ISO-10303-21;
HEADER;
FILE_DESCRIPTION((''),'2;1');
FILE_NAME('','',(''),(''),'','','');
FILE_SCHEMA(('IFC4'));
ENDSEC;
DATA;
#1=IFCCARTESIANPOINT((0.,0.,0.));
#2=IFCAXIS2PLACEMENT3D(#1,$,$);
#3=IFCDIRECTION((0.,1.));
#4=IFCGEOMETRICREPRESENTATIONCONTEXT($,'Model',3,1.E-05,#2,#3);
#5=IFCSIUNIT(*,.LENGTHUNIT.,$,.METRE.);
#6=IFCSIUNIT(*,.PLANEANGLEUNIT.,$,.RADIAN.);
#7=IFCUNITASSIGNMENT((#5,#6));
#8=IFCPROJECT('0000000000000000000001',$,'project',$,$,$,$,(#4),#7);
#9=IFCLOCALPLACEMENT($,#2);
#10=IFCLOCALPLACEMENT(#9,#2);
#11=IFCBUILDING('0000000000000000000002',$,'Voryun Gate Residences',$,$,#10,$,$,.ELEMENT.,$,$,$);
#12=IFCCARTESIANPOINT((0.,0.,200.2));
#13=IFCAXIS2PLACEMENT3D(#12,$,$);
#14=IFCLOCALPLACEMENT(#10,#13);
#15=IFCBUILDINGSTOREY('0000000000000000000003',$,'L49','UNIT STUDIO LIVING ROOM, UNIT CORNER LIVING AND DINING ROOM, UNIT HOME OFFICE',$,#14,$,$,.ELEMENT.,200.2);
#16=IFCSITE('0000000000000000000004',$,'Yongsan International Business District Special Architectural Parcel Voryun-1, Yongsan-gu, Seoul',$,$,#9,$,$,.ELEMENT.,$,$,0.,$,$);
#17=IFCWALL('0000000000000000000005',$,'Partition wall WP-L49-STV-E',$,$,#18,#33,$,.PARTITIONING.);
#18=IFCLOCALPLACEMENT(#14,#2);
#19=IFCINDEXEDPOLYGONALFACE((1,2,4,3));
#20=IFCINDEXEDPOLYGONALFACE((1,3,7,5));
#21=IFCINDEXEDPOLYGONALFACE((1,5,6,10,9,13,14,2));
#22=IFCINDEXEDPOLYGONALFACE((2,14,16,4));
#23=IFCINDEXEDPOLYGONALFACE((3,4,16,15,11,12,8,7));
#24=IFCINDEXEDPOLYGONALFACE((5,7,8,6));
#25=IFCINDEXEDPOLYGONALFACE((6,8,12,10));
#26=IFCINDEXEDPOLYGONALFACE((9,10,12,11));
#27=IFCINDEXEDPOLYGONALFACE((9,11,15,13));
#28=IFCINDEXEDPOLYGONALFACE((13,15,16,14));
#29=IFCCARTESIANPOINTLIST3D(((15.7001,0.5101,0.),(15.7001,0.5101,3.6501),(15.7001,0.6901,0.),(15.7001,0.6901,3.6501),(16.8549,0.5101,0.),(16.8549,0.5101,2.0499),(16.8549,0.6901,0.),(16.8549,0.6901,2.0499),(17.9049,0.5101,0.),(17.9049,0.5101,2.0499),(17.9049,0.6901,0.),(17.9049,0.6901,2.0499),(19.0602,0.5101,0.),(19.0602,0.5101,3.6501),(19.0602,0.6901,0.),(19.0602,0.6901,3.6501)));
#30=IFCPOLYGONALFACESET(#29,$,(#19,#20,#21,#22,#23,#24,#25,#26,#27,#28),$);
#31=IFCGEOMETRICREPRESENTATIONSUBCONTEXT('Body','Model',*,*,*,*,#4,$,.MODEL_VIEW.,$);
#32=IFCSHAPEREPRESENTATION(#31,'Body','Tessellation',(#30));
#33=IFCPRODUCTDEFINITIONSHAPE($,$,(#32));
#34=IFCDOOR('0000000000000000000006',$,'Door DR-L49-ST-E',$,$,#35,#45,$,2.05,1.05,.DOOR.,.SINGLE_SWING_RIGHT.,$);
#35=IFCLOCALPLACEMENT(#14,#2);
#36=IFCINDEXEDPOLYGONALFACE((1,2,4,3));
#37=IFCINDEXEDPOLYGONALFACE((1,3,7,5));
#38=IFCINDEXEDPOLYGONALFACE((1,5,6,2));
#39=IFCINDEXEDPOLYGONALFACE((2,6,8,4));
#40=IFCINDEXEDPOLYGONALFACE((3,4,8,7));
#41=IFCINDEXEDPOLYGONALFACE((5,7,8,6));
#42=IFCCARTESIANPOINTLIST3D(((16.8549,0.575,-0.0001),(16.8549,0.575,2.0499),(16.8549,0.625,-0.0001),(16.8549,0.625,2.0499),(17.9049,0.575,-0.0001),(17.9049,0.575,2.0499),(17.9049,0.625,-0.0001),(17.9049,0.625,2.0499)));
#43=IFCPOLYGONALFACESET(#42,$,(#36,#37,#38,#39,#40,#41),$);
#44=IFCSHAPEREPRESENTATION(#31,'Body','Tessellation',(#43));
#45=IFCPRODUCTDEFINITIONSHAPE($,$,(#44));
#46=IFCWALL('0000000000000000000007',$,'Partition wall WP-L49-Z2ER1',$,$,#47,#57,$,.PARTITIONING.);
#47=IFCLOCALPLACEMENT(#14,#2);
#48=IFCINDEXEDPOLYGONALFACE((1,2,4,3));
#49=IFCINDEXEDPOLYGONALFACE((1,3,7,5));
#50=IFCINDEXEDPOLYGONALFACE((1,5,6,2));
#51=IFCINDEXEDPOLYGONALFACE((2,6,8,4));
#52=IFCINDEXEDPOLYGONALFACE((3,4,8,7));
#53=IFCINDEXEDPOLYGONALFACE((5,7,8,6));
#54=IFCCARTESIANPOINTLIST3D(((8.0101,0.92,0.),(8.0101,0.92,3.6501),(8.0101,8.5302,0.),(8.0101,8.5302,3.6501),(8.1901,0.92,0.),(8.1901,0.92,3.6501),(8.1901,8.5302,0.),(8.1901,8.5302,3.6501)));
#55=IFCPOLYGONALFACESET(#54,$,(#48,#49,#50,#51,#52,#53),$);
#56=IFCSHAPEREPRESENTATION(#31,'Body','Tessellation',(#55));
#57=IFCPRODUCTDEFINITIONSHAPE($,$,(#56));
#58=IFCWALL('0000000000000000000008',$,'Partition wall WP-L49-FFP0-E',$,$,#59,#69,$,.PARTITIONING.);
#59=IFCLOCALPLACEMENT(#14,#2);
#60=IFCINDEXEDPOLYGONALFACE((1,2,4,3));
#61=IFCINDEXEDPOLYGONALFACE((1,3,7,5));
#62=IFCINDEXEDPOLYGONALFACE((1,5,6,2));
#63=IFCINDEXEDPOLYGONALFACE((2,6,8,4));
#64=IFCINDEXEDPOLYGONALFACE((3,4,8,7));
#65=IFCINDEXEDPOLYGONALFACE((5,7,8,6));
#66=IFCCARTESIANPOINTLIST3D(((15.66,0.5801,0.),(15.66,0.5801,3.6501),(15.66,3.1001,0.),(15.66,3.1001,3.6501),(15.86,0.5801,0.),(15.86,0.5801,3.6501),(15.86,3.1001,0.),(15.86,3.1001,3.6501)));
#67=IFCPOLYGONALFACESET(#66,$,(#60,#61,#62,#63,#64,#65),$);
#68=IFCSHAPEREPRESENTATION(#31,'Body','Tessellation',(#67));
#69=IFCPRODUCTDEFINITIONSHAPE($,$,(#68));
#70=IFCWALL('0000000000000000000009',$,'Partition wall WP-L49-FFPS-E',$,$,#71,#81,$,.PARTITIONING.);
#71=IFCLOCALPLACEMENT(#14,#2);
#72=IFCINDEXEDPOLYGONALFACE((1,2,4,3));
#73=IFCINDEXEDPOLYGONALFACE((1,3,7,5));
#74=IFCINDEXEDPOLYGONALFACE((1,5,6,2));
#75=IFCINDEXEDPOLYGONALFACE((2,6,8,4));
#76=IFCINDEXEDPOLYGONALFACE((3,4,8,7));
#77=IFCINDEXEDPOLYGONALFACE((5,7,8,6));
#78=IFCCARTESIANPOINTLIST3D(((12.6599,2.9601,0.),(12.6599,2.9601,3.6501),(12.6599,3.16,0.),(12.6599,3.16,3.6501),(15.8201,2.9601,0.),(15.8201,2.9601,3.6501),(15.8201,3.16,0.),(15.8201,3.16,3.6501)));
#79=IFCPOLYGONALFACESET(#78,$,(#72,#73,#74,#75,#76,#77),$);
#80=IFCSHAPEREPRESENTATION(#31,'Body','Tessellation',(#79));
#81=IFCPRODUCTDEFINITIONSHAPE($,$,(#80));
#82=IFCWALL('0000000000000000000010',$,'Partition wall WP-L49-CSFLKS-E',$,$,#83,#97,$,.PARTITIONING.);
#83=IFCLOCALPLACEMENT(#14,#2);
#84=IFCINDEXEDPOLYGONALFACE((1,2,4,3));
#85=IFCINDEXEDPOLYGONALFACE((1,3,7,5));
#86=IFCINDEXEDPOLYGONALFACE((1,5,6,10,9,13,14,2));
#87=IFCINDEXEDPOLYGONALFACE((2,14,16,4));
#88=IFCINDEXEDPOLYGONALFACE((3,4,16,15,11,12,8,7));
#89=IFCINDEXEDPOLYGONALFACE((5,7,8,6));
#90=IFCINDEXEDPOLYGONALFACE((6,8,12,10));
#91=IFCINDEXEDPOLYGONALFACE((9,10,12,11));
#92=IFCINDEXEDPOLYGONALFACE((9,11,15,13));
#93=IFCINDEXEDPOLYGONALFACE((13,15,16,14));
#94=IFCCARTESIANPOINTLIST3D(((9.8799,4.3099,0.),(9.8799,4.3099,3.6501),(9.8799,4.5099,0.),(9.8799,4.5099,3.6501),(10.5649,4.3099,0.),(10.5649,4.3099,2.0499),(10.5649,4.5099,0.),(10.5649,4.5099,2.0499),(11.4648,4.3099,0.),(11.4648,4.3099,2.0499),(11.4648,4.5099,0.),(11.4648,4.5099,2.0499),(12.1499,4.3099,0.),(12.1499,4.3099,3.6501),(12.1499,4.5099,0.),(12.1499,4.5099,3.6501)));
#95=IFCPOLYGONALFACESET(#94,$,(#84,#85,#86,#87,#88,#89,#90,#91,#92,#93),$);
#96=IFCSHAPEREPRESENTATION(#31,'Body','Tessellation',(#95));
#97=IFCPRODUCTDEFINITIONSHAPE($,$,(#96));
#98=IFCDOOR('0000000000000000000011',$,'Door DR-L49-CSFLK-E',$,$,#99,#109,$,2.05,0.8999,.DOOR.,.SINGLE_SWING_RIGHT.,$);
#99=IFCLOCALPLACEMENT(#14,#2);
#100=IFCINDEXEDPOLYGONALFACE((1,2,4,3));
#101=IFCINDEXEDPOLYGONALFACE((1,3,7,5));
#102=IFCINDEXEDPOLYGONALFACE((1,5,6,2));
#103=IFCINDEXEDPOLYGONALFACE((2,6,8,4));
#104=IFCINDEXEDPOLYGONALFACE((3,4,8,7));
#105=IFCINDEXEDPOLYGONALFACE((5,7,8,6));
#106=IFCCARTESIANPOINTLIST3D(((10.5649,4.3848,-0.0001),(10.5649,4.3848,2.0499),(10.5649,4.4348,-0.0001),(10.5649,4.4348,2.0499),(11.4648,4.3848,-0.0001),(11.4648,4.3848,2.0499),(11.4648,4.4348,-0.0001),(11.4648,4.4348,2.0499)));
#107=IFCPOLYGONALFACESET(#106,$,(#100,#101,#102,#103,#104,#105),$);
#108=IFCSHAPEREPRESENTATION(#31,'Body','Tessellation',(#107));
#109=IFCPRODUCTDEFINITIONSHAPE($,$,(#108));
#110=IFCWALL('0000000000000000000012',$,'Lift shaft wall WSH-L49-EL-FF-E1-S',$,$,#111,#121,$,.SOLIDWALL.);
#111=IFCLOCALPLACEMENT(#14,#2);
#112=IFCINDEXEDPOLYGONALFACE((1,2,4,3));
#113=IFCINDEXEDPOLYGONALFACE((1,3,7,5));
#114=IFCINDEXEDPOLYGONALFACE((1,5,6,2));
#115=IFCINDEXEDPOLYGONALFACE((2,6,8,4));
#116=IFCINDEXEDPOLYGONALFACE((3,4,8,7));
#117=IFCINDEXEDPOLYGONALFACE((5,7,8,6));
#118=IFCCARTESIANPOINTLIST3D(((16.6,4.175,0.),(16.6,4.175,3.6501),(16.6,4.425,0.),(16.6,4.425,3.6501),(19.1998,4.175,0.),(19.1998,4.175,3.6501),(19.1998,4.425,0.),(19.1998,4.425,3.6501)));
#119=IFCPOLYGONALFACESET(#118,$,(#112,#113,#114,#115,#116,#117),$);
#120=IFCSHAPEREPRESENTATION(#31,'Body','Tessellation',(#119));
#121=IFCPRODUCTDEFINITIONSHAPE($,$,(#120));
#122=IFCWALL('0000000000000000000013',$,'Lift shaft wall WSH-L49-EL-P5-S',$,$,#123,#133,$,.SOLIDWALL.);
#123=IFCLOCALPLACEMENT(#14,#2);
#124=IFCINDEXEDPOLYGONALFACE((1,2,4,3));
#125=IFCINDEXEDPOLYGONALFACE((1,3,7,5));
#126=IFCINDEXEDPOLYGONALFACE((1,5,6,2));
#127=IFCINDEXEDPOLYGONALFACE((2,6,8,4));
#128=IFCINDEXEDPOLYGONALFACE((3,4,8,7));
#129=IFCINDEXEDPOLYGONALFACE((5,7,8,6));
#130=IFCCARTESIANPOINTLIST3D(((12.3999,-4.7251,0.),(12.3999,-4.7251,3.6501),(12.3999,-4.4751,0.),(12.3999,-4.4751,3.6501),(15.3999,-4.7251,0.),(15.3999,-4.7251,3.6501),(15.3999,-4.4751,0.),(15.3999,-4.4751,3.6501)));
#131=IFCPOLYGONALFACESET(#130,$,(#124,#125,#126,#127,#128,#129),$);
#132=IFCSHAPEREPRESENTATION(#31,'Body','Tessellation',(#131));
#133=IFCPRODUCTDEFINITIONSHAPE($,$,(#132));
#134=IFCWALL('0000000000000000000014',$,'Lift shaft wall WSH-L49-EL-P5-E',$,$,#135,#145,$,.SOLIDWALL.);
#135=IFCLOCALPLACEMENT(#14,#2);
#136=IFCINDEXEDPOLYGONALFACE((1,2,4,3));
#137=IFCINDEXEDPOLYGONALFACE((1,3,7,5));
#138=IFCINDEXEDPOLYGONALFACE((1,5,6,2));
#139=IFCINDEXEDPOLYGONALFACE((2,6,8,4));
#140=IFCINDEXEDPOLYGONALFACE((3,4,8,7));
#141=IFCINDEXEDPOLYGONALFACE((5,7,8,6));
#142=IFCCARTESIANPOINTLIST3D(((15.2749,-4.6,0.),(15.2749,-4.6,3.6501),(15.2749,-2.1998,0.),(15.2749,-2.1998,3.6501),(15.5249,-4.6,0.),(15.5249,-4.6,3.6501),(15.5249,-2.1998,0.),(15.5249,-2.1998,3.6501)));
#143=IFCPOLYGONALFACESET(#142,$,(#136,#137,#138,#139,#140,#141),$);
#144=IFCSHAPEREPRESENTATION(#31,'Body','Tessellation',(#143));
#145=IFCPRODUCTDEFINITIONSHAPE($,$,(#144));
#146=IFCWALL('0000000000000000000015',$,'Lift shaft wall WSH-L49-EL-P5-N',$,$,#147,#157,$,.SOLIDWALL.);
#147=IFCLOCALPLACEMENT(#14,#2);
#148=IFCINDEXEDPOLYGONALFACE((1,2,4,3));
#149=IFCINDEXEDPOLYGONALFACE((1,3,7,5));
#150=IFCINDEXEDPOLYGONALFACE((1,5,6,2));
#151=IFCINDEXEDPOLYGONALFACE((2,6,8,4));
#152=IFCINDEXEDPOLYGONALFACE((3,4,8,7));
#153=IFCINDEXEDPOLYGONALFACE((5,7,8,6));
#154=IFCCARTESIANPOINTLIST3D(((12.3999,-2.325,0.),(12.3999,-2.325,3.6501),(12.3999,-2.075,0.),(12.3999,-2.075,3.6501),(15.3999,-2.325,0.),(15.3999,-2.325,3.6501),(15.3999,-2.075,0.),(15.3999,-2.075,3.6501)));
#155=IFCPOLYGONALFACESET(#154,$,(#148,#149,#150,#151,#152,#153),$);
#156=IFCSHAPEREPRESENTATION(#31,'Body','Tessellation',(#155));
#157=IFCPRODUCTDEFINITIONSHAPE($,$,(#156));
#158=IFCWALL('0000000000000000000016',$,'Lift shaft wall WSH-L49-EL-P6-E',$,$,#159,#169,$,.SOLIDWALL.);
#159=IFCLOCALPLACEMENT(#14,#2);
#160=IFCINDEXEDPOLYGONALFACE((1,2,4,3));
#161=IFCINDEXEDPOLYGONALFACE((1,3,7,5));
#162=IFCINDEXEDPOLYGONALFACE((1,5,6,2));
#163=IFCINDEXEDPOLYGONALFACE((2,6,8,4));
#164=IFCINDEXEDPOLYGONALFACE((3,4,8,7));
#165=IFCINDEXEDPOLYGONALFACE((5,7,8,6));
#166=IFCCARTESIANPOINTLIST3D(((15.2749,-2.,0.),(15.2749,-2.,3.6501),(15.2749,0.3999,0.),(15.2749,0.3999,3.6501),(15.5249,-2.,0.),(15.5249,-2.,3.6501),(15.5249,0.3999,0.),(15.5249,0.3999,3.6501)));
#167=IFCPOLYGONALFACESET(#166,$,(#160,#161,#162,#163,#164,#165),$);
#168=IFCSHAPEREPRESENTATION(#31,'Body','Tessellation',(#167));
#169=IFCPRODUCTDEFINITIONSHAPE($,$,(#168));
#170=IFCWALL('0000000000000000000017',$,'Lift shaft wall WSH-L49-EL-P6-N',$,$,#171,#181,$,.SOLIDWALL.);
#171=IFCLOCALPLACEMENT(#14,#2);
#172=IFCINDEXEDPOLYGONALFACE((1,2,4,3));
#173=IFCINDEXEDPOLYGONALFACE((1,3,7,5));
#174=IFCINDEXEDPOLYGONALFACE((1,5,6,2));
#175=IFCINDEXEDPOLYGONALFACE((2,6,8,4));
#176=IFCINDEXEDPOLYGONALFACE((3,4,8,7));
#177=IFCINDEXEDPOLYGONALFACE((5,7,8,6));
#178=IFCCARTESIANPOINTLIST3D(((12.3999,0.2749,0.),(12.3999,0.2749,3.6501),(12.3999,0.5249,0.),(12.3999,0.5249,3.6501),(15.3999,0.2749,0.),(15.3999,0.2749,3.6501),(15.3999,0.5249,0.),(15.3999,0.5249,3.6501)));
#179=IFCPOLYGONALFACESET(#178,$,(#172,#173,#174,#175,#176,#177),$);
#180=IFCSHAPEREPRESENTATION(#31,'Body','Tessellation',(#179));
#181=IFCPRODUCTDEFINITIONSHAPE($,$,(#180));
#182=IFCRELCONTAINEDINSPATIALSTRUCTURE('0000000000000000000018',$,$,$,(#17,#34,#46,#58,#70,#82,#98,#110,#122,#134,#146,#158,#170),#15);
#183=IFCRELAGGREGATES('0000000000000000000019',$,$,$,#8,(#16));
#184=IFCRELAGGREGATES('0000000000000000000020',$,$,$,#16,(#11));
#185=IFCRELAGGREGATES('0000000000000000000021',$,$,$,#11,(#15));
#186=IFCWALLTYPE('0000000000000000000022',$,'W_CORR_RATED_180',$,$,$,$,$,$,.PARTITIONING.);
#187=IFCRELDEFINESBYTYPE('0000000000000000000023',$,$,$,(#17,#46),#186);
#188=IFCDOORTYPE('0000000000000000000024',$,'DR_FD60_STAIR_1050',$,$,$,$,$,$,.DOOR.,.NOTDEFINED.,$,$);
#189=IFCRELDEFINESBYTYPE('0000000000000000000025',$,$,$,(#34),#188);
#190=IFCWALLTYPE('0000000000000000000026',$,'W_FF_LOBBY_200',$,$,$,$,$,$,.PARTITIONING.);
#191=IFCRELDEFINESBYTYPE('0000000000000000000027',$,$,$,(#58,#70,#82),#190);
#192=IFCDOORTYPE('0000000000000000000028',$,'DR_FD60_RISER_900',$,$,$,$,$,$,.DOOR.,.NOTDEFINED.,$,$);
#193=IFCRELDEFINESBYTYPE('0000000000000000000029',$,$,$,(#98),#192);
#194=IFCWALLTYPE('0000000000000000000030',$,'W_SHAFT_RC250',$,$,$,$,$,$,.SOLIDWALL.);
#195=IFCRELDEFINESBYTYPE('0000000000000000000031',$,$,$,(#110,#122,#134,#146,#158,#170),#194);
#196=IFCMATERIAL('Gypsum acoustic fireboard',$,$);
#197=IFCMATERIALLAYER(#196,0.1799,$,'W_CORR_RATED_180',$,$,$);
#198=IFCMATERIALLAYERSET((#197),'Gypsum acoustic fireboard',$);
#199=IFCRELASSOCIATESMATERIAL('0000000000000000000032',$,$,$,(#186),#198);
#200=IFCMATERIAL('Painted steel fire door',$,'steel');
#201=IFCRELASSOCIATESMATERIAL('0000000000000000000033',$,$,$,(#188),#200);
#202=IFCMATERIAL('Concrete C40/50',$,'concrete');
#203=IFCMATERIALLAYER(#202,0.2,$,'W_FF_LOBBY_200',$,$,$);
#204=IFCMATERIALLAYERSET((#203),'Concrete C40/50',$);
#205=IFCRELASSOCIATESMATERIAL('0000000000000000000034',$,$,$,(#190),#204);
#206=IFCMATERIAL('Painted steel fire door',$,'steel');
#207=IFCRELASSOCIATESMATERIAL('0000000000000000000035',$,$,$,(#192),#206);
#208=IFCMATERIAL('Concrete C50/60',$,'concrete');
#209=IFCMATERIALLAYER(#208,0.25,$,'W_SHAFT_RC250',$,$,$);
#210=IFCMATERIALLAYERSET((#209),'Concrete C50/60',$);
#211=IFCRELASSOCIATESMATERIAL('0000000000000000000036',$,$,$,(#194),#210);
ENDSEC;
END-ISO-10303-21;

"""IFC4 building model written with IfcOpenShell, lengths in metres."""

from ifc_helpers import new_model, si_unit, direction, frame, frame_2d, origin, place, context, subcontext, project, spatial, rectangle, extrude, material, layer, layer_set, type_object, element, fill, save


model = new_model("IFC4")

# Units and contexts
model_context = context("Model", 3, precision=1e-05, world=origin(), true_north=direction((0.0, 1.0)))
body_context = subcontext(model_context, "Body", "Model", "MODEL_VIEW")
ifc_project = project(units=[si_unit("LENGTHUNIT", "METRE"), si_unit("PLANEANGLEUNIT", "RADIAN")], contexts=[model_context])

# Site, building, storey
site_placement = place(None, origin())
site = spatial("IfcSite", under=ifc_project, at=site_placement, Name="Yongsan International Business District Special Architectural Parcel Voryun-1, Yongsan-gu, Seoul", CompositionType="ELEMENT", RefElevation=0.0)
building_placement = place(site_placement, origin())
building = spatial("IfcBuilding", under=site, at=building_placement, Name="Voryun Gate Residences", CompositionType="ELEMENT")
storey_placement = place(building_placement, frame((0.0, 0.0, 200.2)))
storey = spatial("IfcBuildingStorey", under=building, at=storey_placement, Name="L49", Description="UNIT STUDIO LIVING ROOM, UNIT CORNER LIVING AND DINING ROOM, UNIT HOME OFFICE", CompositionType="ELEMENT", Elevation=200.2)

# Wall, opening, door
ifc_material_1 = material(Name="Gypsum acoustic fireboard")
ifc_layer_1 = layer(ifc_material_1, 0.1799, Name="W_CORR_RATED_180")
ifc_layer_set_1 = layer_set([ifc_layer_1], Name="Gypsum acoustic fireboard")
wall_type_1 = type_object("IfcWallType", Name="W_CORR_RATED_180", PredefinedType="PARTITIONING", material=ifc_layer_set_1)
wall_1_placement = place(storey_placement, frame((15.7, 0.6001, 0.0), z_axis=(0.0, 0.0, 1.0), x_axis=(1.0, 0.0, 0.0)))
wall_1 = element("IfcWall", 1, at=wall_1_placement, inside=storey, type_object=wall_type_1, Name="Partition wall WP-L49-STV-E", PredefinedType="PARTITIONING", context=body_context, shape_type="SweptSolid", body=[
    extrude(rectangle(XDim=3.3601, YDim=0.1799, at=frame_2d((1.6802, 0.0))), origin(), (0.0, 0.0, 1.0), 3.6501),
])
opening_1_placement = place(wall_1_placement, frame((1.155, 0.0, 0.0)))
opening_1 = element("IfcOpeningElement", 2, at=opening_1_placement, cuts=wall_1, PredefinedType="OPENING", context=body_context, shape_type="SweptSolid", body=[
    extrude(rectangle(XDim=1.05, YDim=2.05, at=frame_2d((0.5249, 1.0249))), frame((0.0, 0.0999, 0.0), z_axis=(0.0, -1.0, 0.0), x_axis=(1.0, 0.0, 0.0)), (0.0, 0.0, 1.0), 0.2),
])
ifc_material_2 = material(Name="Painted steel fire door", Category="steel")
door_type_1 = type_object("IfcDoorType", Name="DR_FD60_STAIR_1050", OperationType="NOTDEFINED", PredefinedType="DOOR", material=ifc_material_2)
door_1_placement = place(opening_1_placement, origin())
door_1 = element("IfcDoor", 3, at=door_1_placement, inside=storey, type_object=door_type_1, Name="Door DR-L49-ST-E", OperationType="SINGLE_SWING_RIGHT", OverallHeight=2.05, OverallWidth=1.05, PredefinedType="DOOR", context=body_context, shape_type="SweptSolid", body=[
    extrude(rectangle(XDim=1.05, YDim=2.05, at=frame_2d((0.5249, 1.0249))), frame((0.0, 0.0249, 0.0), z_axis=(0.0, -1.0, 0.0), x_axis=(1.0, 0.0, 0.0)), (0.0, 0.0, 1.0), 0.05),
])
fill(opening_1, door_1)

# Walls
wall_2_placement = place(storey_placement, frame((8.1001, 0.9199, 0.0), z_axis=(0.0, 0.0, 1.0), x_axis=(0.0, 1.0, 0.0)))
element("IfcWall", 4, at=wall_2_placement, inside=storey, type_object=wall_type_1, Name="Partition wall WP-L49-Z2ER1", PredefinedType="PARTITIONING", context=body_context, shape_type="SweptSolid", body=[
    extrude(rectangle(XDim=7.6101, YDim=0.1799, at=frame_2d((3.8052, 0.0))), origin(), (0.0, 0.0, 1.0), 3.6501),
])
ifc_material_3 = material(Name="Concrete C40/50", Category="concrete")
ifc_layer_2 = layer(ifc_material_3, 0.2, Name="W_FF_LOBBY_200")
ifc_layer_set_2 = layer_set([ifc_layer_2], Name="Concrete C40/50")
wall_type_2 = type_object("IfcWallType", Name="W_FF_LOBBY_200", PredefinedType="PARTITIONING", material=ifc_layer_set_2)
wall_3_placement = place(storey_placement, frame((15.76, 0.5801, 0.0), z_axis=(0.0, 0.0, 1.0), x_axis=(0.0, 1.0, 0.0)))
element("IfcWall", 5, at=wall_3_placement, inside=storey, type_object=wall_type_2, Name="Partition wall WP-L49-FFP0-E", PredefinedType="PARTITIONING", context=body_context, shape_type="SweptSolid", body=[
    extrude(rectangle(XDim=2.52, YDim=0.2, at=frame_2d((1.26, 0.0))), origin(), (0.0, 0.0, 1.0), 3.6501),
])
wall_4_placement = place(storey_placement, frame((12.6599, 3.0601, 0.0), z_axis=(0.0, 0.0, 1.0), x_axis=(1.0, 0.0, 0.0)))
element("IfcWall", 6, at=wall_4_placement, inside=storey, type_object=wall_type_2, Name="Partition wall WP-L49-FFPS-E", PredefinedType="PARTITIONING", context=body_context, shape_type="SweptSolid", body=[
    extrude(rectangle(XDim=3.1602, YDim=0.2, at=frame_2d((1.5801, 0.0))), origin(), (0.0, 0.0, 1.0), 3.6501),
])

# Wall, opening, door
wall_5_placement = place(storey_placement, frame((9.8799, 4.4099, 0.0), z_axis=(0.0, 0.0, 1.0), x_axis=(1.0, 0.0, 0.0)))
wall_5 = element("IfcWall", 7, at=wall_5_placement, inside=storey, type_object=wall_type_2, Name="Partition wall WP-L49-CSFLKS-E", PredefinedType="PARTITIONING", context=body_context, shape_type="SweptSolid", body=[
    extrude(rectangle(XDim=2.27, YDim=0.2, at=frame_2d((1.135, 0.0))), origin(), (0.0, 0.0, 1.0), 3.6501),
])
opening_2_placement = place(wall_5_placement, frame((0.6851, 0.0, 0.0)))
opening_2 = element("IfcOpeningElement", 8, at=opening_2_placement, cuts=wall_5, PredefinedType="OPENING", context=body_context, shape_type="SweptSolid", body=[
    extrude(rectangle(XDim=0.8999, YDim=2.05, at=frame_2d((0.45, 1.0249))), frame((0.0, 0.1101, 0.0), z_axis=(0.0, -1.0, 0.0), x_axis=(1.0, 0.0, 0.0)), (0.0, 0.0, 1.0), 0.22),
])
ifc_material_4 = material(Name="Painted steel fire door", Category="steel")
door_type_2 = type_object("IfcDoorType", Name="DR_FD60_RISER_900", OperationType="NOTDEFINED", PredefinedType="DOOR", material=ifc_material_4)
door_2_placement = place(opening_2_placement, origin())
door_2 = element("IfcDoor", 9, at=door_2_placement, inside=storey, type_object=door_type_2, Name="Door DR-L49-CSFLK-E", OperationType="SINGLE_SWING_RIGHT", OverallHeight=2.05, OverallWidth=0.8999, PredefinedType="DOOR", context=body_context, shape_type="SweptSolid", body=[
    extrude(rectangle(XDim=0.8999, YDim=2.05, at=frame_2d((0.45, 1.0249))), frame((0.0, 0.0249, 0.0), z_axis=(0.0, -1.0, 0.0), x_axis=(1.0, 0.0, 0.0)), (0.0, 0.0, 1.0), 0.05),
])
fill(opening_2, door_2)

# Walls
ifc_material_5 = material(Name="Concrete C50/60", Category="concrete")
ifc_layer_3 = layer(ifc_material_5, 0.25, Name="W_SHAFT_RC250")
ifc_layer_set_3 = layer_set([ifc_layer_3], Name="Concrete C50/60")
wall_type_3 = type_object("IfcWallType", Name="W_SHAFT_RC250", PredefinedType="SOLIDWALL", material=ifc_layer_set_3)
wall_6_placement = place(storey_placement, frame((16.6001, 4.3, 0.0), z_axis=(0.0, 0.0, 1.0), x_axis=(1.0, 0.0, 0.0)))
element("IfcWall", 10, at=wall_6_placement, inside=storey, type_object=wall_type_3, Name="Lift shaft wall WSH-L49-EL-FF-E1-S", PredefinedType="SOLIDWALL", context=body_context, shape_type="SweptSolid", body=[
    extrude(rectangle(XDim=2.5999, YDim=0.25, at=frame_2d((1.2998, 0.0))), origin(), (0.0, 0.0, 1.0), 3.6501),
])
wall_7_placement = place(storey_placement, frame((12.3999, -4.6001, 0.0), z_axis=(0.0, 0.0, 1.0), x_axis=(1.0, 0.0, 0.0)))
element("IfcWall", 11, at=wall_7_placement, inside=storey, type_object=wall_type_3, Name="Lift shaft wall WSH-L49-EL-P5-S", PredefinedType="SOLIDWALL", context=body_context, shape_type="SweptSolid", body=[
    extrude(rectangle(XDim=3.0, YDim=0.25, at=frame_2d((1.5, 0.0))), origin(), (0.0, 0.0, 1.0), 3.6501),
])
wall_8_placement = place(storey_placement, frame((15.3999, -4.6001, 0.0), z_axis=(0.0, 0.0, 1.0), x_axis=(0.0, 1.0, 0.0)))
element("IfcWall", 12, at=wall_8_placement, inside=storey, type_object=wall_type_3, Name="Lift shaft wall WSH-L49-EL-P5-E", PredefinedType="SOLIDWALL", context=body_context, shape_type="SweptSolid", body=[
    extrude(rectangle(XDim=2.4001, YDim=0.25, at=frame_2d((1.2002, 0.0))), origin(), (0.0, 0.0, 1.0), 3.6501),
])
wall_9_placement = place(storey_placement, frame((15.3999, -2.2, 0.0), z_axis=(0.0, 0.0, 1.0), x_axis=(-1.0, 0.0, 0.0)))
element("IfcWall", 13, at=wall_9_placement, inside=storey, type_object=wall_type_3, Name="Lift shaft wall WSH-L49-EL-P5-N", PredefinedType="SOLIDWALL", context=body_context, shape_type="SweptSolid", body=[
    extrude(rectangle(XDim=3.0, YDim=0.25, at=frame_2d((1.5, 0.0))), origin(), (0.0, 0.0, 1.0), 3.6501),
])
wall_10_placement = place(storey_placement, frame((15.3999, -2.0, 0.0), z_axis=(0.0, 0.0, 1.0), x_axis=(0.0, 1.0, 0.0)))
element("IfcWall", 14, at=wall_10_placement, inside=storey, type_object=wall_type_3, Name="Lift shaft wall WSH-L49-EL-P6-E", PredefinedType="SOLIDWALL", context=body_context, shape_type="SweptSolid", body=[
    extrude(rectangle(XDim=2.3999, YDim=0.25, at=frame_2d((1.2, 0.0))), origin(), (0.0, 0.0, 1.0), 3.6501),
])
wall_11_placement = place(storey_placement, frame((15.3999, 0.3999, 0.0), z_axis=(0.0, 0.0, 1.0), x_axis=(-1.0, 0.0, 0.0)))
element("IfcWall", 15, at=wall_11_placement, inside=storey, type_object=wall_type_3, Name="Lift shaft wall WSH-L49-EL-P6-N", PredefinedType="SOLIDWALL", context=body_context, shape_type="SweptSolid", body=[
    extrude(rectangle(XDim=3.0, YDim=0.25, at=frame_2d((1.5, 0.0))), origin(), (0.0, 0.0, 1.0), 3.6501),
])

save(model, "model.ifc")
